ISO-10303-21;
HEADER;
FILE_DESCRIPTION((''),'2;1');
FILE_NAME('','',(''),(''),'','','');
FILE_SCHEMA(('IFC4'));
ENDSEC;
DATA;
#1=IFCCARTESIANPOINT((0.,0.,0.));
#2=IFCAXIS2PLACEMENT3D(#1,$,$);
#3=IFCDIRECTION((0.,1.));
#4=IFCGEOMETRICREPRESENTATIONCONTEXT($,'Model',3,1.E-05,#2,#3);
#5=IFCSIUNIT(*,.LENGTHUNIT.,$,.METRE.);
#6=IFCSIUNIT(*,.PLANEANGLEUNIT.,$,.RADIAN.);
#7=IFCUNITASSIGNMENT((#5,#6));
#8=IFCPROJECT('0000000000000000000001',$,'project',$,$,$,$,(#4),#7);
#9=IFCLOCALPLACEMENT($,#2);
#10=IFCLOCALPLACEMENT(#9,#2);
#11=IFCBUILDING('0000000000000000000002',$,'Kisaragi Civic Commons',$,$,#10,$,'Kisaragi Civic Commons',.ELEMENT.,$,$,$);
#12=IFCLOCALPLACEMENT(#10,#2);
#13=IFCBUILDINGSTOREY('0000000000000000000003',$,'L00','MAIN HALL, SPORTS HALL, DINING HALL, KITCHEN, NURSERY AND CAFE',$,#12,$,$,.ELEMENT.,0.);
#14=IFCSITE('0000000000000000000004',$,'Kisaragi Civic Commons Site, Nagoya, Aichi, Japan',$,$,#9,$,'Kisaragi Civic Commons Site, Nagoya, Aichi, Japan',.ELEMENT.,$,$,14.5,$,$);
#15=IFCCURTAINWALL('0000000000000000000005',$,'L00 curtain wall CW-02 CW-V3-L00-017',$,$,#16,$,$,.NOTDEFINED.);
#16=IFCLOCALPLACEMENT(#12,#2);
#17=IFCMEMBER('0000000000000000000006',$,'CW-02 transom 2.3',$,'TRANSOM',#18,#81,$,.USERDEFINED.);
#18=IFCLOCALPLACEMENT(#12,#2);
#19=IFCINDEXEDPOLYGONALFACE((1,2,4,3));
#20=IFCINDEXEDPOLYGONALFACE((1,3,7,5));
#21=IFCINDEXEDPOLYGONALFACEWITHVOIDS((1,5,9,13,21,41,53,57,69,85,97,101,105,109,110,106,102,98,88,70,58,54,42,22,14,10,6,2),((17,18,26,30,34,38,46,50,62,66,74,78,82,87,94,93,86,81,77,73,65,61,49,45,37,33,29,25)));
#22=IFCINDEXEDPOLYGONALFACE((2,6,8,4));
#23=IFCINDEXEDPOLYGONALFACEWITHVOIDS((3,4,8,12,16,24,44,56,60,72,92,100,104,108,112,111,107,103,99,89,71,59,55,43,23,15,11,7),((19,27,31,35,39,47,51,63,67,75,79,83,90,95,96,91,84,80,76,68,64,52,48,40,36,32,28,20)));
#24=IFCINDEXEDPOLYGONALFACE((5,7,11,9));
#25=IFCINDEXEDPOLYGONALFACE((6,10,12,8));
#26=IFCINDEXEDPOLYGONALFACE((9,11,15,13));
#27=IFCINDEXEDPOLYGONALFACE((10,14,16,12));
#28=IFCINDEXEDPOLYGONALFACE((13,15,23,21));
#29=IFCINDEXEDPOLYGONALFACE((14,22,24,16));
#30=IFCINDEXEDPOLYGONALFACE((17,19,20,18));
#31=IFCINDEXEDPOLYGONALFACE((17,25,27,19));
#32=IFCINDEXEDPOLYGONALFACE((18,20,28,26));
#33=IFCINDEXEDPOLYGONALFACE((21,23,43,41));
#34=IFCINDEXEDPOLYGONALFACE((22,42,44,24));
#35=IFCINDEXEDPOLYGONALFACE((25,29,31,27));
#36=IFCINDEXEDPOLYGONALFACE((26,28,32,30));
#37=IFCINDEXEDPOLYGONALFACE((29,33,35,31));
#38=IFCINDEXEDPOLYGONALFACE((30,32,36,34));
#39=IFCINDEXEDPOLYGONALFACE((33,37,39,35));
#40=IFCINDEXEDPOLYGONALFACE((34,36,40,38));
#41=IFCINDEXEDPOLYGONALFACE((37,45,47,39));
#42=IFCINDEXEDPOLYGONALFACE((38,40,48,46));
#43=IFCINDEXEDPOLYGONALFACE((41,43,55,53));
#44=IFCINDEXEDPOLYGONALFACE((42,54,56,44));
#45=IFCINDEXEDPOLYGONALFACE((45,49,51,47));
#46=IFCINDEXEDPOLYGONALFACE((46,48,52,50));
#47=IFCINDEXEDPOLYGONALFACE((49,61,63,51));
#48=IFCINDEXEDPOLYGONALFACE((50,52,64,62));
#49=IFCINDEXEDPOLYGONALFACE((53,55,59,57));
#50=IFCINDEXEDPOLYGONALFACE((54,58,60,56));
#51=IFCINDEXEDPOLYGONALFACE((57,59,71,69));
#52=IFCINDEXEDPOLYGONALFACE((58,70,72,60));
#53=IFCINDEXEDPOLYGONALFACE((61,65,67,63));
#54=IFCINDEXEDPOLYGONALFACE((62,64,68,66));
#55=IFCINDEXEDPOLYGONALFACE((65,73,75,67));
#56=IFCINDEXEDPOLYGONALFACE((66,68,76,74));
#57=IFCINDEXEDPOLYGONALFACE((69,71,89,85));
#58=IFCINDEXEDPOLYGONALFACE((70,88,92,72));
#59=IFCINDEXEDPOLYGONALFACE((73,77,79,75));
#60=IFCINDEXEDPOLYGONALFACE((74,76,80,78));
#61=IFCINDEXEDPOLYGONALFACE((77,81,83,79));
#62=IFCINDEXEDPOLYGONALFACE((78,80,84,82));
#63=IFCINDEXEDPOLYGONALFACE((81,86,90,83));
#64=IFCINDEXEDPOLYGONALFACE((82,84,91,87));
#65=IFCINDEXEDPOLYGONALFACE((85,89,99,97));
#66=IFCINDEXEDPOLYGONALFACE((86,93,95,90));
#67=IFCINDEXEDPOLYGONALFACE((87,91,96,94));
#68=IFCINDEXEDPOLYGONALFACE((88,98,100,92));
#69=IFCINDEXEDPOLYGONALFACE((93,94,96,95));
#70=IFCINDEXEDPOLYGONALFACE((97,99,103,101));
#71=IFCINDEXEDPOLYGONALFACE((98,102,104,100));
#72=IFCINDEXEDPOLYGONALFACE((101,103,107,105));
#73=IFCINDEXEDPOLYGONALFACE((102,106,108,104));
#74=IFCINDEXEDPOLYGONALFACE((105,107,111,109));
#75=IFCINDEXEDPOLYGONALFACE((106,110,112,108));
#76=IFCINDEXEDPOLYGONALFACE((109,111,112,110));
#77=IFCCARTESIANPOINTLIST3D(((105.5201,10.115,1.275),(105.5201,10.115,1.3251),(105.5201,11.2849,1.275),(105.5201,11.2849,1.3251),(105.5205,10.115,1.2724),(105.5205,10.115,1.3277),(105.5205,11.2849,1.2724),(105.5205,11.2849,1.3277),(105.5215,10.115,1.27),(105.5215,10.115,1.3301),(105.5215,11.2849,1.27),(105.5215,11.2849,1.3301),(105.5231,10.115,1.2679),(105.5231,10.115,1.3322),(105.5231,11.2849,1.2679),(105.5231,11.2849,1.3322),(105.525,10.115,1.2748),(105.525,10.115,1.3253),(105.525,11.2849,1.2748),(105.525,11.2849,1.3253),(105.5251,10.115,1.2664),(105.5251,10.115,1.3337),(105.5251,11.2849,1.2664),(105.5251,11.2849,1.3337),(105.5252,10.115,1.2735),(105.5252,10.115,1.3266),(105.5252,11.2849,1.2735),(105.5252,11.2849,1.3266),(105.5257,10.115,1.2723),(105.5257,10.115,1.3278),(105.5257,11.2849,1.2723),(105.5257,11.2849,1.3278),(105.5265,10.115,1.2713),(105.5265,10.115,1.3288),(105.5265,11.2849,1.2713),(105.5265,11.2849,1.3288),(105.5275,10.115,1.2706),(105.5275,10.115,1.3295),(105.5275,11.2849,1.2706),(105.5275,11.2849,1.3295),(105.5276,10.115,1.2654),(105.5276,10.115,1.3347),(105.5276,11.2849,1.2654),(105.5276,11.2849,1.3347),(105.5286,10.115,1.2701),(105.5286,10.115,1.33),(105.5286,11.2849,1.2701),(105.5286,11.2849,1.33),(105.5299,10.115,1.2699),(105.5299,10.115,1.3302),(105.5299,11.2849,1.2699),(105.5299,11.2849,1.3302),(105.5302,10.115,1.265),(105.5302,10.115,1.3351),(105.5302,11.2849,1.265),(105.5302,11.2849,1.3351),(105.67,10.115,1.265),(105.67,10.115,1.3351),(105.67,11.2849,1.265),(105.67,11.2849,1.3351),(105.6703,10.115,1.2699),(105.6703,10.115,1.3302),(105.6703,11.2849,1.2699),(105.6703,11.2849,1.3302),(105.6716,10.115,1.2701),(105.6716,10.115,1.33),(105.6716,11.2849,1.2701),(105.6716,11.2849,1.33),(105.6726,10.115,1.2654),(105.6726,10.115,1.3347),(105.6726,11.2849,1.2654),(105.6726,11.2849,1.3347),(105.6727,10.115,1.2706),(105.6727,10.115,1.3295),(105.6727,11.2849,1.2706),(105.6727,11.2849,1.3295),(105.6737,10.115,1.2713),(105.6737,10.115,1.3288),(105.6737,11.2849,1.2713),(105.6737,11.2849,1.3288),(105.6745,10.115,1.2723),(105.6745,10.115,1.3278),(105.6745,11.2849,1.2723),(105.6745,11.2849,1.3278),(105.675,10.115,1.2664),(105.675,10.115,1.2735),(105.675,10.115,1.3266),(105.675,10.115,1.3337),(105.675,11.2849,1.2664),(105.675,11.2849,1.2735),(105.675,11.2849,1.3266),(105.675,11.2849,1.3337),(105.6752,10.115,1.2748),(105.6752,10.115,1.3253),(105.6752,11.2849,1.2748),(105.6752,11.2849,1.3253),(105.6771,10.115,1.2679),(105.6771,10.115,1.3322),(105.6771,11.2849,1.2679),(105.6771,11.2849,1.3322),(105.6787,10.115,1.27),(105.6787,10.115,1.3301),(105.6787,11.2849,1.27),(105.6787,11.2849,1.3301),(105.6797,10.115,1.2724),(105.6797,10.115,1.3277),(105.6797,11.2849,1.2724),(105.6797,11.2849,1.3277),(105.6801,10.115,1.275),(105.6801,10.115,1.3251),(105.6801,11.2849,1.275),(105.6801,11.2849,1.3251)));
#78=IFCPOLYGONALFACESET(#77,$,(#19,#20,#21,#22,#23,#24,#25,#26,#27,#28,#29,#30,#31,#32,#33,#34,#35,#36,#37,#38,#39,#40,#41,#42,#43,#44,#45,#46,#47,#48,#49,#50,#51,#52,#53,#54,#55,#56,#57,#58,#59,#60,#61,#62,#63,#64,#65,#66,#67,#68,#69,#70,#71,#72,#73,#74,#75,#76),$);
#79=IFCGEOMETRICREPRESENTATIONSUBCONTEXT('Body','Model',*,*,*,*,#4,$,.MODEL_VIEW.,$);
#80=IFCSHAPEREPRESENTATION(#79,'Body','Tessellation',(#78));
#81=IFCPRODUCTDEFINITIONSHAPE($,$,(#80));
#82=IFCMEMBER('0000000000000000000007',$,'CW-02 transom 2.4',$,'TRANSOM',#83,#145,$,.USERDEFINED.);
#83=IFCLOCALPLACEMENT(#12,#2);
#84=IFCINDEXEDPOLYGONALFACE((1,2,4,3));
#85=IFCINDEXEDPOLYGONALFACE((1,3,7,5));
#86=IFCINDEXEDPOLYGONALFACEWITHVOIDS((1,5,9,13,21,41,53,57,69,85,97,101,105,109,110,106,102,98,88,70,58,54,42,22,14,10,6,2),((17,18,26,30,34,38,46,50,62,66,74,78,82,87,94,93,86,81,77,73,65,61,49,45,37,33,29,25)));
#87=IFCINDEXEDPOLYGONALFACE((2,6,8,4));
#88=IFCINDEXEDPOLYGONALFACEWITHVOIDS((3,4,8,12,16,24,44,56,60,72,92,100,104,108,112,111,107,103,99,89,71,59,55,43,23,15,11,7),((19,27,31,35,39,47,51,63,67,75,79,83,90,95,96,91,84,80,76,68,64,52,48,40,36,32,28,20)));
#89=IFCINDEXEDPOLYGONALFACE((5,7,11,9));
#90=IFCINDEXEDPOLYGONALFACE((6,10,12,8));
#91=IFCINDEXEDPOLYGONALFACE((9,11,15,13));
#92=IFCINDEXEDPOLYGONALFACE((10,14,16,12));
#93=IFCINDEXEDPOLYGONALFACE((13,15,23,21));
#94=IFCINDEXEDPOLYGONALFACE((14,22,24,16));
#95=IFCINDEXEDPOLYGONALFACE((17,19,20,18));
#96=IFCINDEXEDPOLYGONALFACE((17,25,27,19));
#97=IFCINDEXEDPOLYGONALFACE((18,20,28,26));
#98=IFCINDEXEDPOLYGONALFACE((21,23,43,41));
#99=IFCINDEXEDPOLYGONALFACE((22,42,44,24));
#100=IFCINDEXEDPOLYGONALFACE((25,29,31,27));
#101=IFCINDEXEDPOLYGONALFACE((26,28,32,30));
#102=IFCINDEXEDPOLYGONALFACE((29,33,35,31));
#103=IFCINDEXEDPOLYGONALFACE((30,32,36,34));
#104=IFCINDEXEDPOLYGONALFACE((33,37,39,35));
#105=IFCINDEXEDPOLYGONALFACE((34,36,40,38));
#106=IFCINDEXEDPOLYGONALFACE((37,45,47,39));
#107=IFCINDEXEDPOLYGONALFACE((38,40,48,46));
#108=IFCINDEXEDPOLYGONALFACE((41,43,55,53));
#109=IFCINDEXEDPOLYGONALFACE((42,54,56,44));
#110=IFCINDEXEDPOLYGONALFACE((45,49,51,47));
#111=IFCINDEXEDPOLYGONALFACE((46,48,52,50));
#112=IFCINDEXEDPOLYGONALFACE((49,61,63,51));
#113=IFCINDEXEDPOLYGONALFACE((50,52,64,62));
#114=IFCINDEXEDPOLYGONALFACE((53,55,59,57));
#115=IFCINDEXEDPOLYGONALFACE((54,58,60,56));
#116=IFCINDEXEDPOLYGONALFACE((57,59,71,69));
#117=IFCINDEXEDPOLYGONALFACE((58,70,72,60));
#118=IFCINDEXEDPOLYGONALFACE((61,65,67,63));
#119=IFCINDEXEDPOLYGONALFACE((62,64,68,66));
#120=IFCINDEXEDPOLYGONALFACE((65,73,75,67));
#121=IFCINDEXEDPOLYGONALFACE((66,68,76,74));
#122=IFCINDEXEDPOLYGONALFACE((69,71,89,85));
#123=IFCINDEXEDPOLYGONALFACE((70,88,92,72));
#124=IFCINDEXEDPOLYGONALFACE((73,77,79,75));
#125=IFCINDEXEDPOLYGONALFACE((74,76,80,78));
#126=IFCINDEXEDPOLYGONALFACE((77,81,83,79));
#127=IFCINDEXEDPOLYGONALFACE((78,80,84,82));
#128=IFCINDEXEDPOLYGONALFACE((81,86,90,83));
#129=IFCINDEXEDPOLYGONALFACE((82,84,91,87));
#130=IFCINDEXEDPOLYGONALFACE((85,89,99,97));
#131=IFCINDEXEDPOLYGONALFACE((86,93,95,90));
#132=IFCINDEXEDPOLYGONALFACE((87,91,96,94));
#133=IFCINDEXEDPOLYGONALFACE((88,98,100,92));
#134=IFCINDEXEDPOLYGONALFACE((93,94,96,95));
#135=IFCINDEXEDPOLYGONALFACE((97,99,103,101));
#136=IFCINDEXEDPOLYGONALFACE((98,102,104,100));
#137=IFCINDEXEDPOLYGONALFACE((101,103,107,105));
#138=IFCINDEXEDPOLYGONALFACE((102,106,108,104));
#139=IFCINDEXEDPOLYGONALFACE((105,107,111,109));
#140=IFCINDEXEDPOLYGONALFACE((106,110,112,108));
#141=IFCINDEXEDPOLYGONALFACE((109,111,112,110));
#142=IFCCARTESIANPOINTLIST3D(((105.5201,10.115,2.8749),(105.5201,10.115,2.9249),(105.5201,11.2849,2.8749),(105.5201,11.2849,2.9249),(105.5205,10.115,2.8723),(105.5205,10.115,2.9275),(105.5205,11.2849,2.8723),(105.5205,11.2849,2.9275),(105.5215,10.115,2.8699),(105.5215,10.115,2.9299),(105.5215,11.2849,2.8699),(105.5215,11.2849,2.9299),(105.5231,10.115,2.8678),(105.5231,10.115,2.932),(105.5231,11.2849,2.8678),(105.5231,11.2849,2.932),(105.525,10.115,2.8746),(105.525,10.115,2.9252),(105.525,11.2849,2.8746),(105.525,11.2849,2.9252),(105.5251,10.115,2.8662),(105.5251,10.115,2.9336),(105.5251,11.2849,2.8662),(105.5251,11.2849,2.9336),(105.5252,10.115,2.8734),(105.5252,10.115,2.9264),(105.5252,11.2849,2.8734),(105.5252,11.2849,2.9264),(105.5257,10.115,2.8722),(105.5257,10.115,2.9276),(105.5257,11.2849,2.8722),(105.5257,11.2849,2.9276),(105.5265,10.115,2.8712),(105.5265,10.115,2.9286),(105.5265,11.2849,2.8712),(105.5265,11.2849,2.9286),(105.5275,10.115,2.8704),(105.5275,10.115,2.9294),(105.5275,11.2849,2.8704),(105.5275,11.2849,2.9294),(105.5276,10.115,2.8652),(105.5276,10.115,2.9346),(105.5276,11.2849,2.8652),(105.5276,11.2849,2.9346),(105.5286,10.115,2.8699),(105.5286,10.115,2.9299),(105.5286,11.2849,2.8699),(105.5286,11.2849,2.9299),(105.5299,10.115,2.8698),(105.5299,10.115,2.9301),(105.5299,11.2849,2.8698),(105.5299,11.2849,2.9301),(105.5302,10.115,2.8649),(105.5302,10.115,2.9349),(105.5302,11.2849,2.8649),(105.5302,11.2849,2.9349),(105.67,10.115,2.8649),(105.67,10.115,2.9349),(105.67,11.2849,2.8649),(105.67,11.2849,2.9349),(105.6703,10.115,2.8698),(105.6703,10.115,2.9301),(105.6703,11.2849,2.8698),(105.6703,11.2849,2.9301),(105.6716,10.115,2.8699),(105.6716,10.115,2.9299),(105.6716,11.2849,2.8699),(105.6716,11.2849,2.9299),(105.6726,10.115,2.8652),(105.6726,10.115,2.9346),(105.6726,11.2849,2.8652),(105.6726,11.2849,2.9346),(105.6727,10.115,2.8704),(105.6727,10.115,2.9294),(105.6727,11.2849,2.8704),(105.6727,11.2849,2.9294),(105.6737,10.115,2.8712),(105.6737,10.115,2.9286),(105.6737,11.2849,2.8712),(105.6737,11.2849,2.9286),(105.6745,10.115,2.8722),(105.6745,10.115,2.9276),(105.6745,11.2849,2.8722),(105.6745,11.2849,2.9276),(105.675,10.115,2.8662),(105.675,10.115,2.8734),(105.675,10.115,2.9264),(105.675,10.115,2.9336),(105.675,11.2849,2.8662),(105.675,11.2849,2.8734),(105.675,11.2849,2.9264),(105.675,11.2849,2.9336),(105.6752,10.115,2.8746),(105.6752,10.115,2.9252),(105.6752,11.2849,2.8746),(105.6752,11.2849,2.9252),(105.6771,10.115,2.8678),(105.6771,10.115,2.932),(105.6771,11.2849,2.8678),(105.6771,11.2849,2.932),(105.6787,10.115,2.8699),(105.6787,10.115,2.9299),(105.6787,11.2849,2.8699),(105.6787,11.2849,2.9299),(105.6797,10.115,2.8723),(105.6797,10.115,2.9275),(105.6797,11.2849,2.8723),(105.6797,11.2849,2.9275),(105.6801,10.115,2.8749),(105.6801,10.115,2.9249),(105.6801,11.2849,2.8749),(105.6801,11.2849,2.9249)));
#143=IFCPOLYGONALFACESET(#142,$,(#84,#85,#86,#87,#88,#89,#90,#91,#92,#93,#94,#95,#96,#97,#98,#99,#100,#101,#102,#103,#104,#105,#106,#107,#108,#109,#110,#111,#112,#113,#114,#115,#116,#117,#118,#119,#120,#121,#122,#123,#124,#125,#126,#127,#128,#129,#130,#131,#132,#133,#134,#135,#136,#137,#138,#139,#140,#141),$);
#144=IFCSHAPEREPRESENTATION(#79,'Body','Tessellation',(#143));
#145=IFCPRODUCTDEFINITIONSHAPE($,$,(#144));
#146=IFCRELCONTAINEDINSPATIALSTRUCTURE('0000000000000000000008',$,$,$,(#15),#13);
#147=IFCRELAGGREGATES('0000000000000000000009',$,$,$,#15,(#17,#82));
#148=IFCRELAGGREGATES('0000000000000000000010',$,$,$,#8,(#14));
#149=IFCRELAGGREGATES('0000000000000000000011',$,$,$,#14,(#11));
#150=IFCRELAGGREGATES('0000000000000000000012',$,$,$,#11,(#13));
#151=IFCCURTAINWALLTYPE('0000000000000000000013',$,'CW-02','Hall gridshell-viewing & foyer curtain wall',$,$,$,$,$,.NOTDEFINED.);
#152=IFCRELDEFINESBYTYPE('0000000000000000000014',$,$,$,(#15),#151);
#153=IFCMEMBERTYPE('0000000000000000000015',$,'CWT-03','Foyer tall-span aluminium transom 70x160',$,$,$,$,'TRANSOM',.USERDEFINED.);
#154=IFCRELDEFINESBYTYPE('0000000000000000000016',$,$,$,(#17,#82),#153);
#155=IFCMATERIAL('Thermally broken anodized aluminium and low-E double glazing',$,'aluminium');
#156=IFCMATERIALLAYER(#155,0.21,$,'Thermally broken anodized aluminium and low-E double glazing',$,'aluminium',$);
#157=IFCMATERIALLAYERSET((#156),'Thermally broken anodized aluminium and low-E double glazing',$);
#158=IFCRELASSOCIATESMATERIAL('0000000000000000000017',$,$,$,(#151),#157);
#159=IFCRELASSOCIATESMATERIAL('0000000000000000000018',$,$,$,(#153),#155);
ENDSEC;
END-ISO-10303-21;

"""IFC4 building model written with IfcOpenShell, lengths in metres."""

from ifc_helpers import new_model, si_unit, direction, frame, origin, origin_2d, place, context, subcontext, project, spatial, hollow_rectangle, extrude, material, layer, layer_set, material_profile, profile_set, type_object, element, aggregate, save


model = new_model("IFC4")

# Units and contexts
model_context = context("Model", 3, precision=1e-05, world=origin(), true_north=direction((0.0, 1.0)))
body_context = subcontext(model_context, "Body", "Model", "MODEL_VIEW")
ifc_project = project(units=[si_unit("LENGTHUNIT", "METRE"), si_unit("PLANEANGLEUNIT", "RADIAN")], contexts=[model_context])

# Site, building, storey
site_placement = place(None, origin())
site = spatial("IfcSite", under=ifc_project, at=site_placement, Name="Kisaragi Civic Commons Site, Nagoya, Aichi, Japan", LongName="Kisaragi Civic Commons Site, Nagoya, Aichi, Japan", CompositionType="ELEMENT", RefElevation=14.5)
building_placement = place(site_placement, origin())
building = spatial("IfcBuilding", under=site, at=building_placement, Name="Kisaragi Civic Commons", LongName="Kisaragi Civic Commons", CompositionType="ELEMENT")
storey_placement = place(building_placement, origin())
storey = spatial("IfcBuildingStorey", under=building, at=storey_placement, Name="L00", Description="MAIN HALL, SPORTS HALL, DINING HALL, KITCHEN, NURSERY AND CAFE", CompositionType="ELEMENT", Elevation=0.0)

# Curtain wall
ifc_material_1 = material(Name="Thermally broken anodized aluminium and low-E double glazing", Category="aluminium")
ifc_layer_1 = layer(ifc_material_1, 0.21, Name="Thermally broken anodized aluminium and low-E double glazing", Category="aluminium")
ifc_layer_set_1 = layer_set([ifc_layer_1], Name="Thermally broken anodized aluminium and low-E double glazing")
curtain_wall_type = type_object("IfcCurtainWallType", Name="CW-02", Description="Hall gridshell-viewing & foyer curtain wall", PredefinedType="NOTDEFINED", material=ifc_layer_set_1)
curtain_wall_1_placement = place(storey_placement, origin())
curtain_wall_1 = element("IfcCurtainWall", 1, at=curtain_wall_1_placement, inside=storey, type_object=curtain_wall_type, Name="L00 curtain wall CW-02 CW-V3-L00-017", PredefinedType="NOTDEFINED")

# Members
ifc_material_profile_1 = material_profile(ifc_material_1, hollow_rectangle(XDim=0.1599, YDim=0.0701, WallThickness=0.0049, InnerFilletRadius=0.0049, OuterFilletRadius=0.01, at=origin_2d()), Name="CWT-70x160x5", Category="aluminium")
ifc_profile_set_1 = profile_set([ifc_material_profile_1], Name="Thermally broken anodized aluminium and low-E double glazing")
member_type_1 = type_object("IfcMemberType", Name="CWT-03", Description="Foyer tall-span aluminium transom 70x160", ElementType="TRANSOM", PredefinedType="USERDEFINED", material=ifc_profile_set_1)
member_1_placement = place(storey_placement, frame((105.6001, 10.115, 1.3), z_axis=(0.0, 1.0, 0.0), x_axis=(-1.0, 0.0, 0.0)))
member_1 = element("IfcMember", 2, at=member_1_placement, type_object=member_type_1, Name="CW-02 transom 2.3", ObjectType="TRANSOM", PredefinedType="USERDEFINED", context=body_context, shape_type="SweptSolid", body=[
    extrude(hollow_rectangle(XDim=0.1599, YDim=0.0701, WallThickness=0.0049, InnerFilletRadius=0.0049, OuterFilletRadius=0.01, at=origin_2d()), origin(), (0.0, 0.0, 1.0), 1.1699),
])
member_2_placement = place(storey_placement, frame((105.6001, 10.115, 2.8999), z_axis=(0.0, 1.0, 0.0), x_axis=(-1.0, 0.0, 0.0)))
member_2 = element("IfcMember", 3, at=member_2_placement, type_object=member_type_1, Name="CW-02 transom 2.4", ObjectType="TRANSOM", PredefinedType="USERDEFINED", context=body_context, shape_type="SweptSolid", body=[
    extrude(hollow_rectangle(XDim=0.1599, YDim=0.0701, WallThickness=0.0049, InnerFilletRadius=0.0049, OuterFilletRadius=0.01, at=origin_2d()), origin(), (0.0, 0.0, 1.0), 1.1699),
])

aggregate(curtain_wall_1, [member_1, member_2])

save(model, "model.ifc")
